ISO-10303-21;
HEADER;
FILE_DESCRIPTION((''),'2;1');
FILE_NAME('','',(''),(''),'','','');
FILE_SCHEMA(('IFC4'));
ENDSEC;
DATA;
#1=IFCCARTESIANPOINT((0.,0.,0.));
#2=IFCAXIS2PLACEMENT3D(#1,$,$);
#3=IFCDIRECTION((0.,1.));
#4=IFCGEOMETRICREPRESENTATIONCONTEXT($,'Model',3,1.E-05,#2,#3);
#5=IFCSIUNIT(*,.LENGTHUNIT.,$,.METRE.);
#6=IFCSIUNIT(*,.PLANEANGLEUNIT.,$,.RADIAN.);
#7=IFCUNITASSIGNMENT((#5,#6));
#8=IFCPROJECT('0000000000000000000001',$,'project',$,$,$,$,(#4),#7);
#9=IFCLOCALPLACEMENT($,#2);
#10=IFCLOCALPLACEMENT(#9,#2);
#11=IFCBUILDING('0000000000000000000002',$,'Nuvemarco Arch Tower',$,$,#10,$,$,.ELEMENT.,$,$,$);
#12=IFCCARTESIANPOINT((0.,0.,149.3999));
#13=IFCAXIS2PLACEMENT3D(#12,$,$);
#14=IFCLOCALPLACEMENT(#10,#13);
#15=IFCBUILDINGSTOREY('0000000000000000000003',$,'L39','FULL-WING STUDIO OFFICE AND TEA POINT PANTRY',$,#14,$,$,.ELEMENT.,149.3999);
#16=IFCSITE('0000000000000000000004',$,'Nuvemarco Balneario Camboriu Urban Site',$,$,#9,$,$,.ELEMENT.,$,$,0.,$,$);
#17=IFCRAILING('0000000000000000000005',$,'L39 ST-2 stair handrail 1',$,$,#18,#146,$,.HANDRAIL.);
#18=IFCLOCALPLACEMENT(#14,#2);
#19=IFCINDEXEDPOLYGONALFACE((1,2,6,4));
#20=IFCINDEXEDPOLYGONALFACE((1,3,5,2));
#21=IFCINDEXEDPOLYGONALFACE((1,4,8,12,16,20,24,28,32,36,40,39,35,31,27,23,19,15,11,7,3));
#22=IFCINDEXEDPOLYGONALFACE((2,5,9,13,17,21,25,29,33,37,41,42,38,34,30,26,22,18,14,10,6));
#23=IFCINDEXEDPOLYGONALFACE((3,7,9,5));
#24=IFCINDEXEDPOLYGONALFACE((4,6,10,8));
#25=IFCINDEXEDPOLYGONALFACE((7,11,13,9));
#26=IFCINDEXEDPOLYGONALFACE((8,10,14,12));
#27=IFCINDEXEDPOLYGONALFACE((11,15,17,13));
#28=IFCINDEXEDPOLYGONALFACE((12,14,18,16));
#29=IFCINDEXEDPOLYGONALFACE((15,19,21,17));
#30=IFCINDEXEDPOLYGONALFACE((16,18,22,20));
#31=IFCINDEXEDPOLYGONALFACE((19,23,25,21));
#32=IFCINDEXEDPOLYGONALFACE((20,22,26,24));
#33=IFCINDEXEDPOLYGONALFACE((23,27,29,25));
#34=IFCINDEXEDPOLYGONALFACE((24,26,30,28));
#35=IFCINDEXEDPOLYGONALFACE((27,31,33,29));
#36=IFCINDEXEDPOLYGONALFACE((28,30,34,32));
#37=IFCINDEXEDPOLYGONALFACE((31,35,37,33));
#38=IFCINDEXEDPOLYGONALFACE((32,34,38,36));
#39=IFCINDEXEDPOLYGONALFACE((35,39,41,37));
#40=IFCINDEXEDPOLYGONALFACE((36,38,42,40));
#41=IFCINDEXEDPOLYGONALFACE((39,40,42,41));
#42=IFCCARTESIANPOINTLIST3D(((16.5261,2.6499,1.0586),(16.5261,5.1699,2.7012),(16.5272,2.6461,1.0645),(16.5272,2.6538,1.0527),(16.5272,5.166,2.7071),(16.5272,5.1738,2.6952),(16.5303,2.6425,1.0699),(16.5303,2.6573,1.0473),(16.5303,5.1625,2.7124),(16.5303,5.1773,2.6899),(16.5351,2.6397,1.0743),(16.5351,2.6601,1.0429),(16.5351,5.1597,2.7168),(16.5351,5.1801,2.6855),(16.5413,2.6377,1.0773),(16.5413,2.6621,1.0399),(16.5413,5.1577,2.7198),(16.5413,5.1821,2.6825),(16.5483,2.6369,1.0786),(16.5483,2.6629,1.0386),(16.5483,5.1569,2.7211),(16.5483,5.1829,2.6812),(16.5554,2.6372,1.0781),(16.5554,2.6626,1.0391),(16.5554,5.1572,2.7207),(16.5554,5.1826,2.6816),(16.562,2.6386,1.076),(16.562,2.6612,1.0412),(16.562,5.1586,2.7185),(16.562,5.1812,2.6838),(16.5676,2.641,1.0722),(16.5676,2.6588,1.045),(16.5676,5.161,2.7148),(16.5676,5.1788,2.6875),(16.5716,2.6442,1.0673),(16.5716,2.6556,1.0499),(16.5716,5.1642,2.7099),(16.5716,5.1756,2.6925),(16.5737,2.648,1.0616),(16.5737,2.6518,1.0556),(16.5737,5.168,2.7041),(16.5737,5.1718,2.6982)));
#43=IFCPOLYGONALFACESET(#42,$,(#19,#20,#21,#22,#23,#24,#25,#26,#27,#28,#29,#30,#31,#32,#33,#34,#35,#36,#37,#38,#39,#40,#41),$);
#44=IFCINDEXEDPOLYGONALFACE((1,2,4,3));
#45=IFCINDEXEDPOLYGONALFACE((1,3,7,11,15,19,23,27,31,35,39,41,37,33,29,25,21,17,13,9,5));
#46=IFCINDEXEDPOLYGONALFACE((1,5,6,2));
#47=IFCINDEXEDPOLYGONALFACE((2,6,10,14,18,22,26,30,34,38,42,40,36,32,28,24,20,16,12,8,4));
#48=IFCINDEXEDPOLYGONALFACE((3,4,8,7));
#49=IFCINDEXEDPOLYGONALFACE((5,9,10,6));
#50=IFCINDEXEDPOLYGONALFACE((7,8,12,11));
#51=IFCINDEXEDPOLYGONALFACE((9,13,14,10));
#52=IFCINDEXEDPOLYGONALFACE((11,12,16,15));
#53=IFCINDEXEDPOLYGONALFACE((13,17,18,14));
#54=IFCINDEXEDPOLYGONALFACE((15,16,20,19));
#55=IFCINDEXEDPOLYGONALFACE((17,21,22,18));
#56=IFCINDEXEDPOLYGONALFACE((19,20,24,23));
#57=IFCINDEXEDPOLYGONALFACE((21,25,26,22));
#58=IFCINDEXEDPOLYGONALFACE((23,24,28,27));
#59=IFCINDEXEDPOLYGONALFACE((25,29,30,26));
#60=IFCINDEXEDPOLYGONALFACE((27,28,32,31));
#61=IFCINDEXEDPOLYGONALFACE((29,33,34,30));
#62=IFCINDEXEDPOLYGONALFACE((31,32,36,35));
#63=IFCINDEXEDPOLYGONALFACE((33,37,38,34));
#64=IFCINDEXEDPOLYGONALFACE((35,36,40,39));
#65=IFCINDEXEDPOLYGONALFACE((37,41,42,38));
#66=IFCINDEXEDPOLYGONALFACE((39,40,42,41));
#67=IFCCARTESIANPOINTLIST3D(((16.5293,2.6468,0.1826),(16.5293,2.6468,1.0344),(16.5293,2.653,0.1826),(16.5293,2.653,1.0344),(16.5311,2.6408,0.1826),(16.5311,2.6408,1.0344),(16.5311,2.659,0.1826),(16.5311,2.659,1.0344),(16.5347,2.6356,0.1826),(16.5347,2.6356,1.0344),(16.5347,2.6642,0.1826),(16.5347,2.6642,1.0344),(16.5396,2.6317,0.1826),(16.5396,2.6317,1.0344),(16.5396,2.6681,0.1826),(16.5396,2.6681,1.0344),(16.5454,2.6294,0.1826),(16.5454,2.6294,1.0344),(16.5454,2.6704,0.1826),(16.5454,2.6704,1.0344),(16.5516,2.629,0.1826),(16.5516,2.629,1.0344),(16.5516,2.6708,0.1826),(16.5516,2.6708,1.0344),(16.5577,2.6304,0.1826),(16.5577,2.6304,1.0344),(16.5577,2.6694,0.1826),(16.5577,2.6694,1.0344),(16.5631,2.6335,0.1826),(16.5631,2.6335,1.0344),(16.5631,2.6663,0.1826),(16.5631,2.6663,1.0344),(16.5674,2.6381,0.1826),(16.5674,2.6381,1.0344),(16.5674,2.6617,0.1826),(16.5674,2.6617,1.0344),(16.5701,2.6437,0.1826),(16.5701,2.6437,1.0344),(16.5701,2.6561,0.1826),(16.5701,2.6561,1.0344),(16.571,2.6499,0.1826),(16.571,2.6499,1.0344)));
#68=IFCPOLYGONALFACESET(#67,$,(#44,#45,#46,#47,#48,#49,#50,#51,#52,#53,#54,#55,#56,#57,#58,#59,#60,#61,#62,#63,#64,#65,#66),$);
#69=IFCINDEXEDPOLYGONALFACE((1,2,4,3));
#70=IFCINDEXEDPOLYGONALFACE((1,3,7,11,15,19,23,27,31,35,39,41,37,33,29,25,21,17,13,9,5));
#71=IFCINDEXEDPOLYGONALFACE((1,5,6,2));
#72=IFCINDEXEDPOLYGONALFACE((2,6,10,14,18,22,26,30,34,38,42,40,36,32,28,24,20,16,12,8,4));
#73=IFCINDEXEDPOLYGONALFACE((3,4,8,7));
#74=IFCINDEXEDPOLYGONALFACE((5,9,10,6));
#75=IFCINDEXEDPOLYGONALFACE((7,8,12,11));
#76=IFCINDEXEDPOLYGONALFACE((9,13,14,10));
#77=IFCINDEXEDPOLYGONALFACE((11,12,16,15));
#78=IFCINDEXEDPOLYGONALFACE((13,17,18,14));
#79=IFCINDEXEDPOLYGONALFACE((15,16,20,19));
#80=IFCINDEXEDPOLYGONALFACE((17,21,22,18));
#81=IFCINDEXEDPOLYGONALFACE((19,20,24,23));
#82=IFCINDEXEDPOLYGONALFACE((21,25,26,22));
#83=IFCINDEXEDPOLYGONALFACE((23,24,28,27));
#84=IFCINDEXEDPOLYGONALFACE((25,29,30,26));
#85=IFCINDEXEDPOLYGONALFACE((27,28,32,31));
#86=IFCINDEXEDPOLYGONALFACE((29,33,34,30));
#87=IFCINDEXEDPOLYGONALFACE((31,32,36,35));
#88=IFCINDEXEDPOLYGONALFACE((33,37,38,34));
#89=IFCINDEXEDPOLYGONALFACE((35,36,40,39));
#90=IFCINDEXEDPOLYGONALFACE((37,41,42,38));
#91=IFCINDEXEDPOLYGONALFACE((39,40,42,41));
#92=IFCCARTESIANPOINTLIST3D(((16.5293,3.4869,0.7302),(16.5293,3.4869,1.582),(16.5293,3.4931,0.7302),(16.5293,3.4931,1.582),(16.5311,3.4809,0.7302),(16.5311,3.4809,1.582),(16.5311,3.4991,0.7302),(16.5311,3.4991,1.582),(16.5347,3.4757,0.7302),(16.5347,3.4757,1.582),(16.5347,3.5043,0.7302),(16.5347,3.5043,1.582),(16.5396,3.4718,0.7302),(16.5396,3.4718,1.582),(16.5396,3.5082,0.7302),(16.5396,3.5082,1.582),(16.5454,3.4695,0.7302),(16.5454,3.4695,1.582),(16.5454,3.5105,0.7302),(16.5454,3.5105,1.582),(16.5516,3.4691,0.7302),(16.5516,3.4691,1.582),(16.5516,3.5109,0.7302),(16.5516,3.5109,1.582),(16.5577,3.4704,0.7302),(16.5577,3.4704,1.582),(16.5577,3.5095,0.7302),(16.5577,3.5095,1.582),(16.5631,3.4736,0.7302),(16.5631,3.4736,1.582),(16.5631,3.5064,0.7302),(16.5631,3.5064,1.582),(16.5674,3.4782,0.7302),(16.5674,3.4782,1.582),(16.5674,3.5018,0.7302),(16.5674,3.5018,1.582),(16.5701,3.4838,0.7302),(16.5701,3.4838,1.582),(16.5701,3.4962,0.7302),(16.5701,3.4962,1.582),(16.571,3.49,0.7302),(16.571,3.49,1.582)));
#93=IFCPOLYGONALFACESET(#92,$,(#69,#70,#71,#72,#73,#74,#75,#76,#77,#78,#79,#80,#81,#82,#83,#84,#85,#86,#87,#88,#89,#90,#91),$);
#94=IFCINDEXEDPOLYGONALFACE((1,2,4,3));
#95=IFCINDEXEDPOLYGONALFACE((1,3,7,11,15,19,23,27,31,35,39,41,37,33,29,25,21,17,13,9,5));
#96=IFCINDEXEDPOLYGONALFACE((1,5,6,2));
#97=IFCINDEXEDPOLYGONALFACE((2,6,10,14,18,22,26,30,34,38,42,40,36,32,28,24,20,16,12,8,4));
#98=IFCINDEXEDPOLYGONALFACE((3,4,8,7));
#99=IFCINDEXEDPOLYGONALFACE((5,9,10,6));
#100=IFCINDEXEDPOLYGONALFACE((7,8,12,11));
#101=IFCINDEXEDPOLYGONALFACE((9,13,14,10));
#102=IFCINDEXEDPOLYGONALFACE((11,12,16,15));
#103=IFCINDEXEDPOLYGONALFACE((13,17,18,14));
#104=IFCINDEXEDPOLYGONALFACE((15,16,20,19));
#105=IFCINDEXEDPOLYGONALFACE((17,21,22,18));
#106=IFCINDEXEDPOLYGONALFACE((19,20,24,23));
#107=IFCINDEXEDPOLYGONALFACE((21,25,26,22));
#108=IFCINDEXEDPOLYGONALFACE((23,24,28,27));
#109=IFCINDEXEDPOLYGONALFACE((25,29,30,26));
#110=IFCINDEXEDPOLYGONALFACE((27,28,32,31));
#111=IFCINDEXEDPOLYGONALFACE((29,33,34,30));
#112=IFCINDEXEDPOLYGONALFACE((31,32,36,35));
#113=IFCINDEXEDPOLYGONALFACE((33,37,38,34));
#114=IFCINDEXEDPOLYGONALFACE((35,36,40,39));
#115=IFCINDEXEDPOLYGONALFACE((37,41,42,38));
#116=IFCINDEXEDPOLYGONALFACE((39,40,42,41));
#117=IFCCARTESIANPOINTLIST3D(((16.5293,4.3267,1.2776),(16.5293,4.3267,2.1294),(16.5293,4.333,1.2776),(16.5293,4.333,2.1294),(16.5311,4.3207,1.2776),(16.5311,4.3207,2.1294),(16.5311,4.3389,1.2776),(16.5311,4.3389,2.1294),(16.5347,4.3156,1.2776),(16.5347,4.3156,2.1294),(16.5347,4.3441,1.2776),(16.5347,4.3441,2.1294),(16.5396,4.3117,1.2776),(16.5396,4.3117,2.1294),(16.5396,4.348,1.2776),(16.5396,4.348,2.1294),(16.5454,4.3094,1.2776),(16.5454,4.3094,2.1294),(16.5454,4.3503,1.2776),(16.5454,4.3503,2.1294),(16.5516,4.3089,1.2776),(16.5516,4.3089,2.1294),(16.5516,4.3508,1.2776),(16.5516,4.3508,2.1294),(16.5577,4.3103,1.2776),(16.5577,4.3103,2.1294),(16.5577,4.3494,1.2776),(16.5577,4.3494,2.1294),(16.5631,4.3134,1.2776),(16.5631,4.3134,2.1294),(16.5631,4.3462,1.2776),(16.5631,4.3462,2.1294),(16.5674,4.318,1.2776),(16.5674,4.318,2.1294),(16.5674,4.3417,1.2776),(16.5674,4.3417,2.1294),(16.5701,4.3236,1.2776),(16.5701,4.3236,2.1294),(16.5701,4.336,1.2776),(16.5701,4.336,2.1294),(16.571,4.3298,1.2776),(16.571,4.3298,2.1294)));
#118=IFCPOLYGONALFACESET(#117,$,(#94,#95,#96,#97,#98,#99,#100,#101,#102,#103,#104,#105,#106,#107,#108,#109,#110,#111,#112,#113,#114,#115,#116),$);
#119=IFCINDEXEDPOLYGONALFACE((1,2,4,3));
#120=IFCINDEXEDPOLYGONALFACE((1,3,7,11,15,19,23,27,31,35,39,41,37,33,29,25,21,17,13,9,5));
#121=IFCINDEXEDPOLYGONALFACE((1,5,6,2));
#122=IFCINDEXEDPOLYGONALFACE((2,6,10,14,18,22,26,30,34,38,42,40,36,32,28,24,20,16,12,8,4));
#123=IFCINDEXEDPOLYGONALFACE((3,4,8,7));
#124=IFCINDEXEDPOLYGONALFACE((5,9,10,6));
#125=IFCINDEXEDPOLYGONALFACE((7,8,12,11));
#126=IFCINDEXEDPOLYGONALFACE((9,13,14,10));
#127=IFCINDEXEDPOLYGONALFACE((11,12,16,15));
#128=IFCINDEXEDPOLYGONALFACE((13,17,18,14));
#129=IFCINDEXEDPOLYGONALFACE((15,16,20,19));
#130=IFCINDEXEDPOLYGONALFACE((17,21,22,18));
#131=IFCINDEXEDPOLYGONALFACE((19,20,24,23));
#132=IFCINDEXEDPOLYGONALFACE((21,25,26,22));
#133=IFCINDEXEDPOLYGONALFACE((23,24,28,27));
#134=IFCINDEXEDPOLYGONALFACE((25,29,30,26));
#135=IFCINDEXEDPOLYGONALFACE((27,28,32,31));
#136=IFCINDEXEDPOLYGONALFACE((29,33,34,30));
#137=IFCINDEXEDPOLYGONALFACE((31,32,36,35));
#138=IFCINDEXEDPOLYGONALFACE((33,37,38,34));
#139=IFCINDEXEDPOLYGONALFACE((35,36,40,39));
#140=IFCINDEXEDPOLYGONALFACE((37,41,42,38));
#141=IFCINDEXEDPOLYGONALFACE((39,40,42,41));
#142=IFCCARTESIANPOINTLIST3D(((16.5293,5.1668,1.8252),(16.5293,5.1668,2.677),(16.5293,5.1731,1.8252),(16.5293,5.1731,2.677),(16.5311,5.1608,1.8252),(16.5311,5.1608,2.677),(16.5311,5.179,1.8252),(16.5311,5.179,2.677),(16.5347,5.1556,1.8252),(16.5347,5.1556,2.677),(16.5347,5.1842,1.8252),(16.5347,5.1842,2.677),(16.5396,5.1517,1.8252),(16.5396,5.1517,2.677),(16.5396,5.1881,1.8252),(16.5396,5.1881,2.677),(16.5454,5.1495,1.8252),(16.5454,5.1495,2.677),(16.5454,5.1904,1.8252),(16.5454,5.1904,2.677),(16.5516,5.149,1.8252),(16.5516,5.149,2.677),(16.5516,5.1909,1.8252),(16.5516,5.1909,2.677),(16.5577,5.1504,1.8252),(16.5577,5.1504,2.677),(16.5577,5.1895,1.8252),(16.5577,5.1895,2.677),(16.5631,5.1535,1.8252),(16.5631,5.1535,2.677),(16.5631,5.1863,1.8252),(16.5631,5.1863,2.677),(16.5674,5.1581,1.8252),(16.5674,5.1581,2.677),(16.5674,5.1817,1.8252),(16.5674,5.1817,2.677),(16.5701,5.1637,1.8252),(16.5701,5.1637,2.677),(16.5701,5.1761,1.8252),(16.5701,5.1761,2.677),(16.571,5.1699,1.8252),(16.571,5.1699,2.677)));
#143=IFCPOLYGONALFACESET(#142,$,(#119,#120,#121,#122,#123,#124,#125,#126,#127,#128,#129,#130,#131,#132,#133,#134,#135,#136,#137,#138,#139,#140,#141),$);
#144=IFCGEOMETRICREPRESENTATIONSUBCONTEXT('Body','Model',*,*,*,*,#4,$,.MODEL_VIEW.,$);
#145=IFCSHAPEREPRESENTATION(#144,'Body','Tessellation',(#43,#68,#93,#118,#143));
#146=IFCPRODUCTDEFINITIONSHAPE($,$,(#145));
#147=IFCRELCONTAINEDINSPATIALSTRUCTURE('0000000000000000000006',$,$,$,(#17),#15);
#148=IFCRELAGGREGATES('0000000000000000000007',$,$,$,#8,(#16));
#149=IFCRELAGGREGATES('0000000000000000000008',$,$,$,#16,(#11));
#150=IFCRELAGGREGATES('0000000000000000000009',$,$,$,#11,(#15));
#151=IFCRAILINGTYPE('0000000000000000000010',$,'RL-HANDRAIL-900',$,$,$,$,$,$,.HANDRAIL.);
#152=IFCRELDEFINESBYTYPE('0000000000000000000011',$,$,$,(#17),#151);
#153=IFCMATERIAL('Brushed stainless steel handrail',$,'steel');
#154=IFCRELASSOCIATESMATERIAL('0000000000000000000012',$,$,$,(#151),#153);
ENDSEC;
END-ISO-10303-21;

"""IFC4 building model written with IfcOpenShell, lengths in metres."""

from ifc_helpers import new_model, si_unit, direction, frame, origin, origin_2d, place, context, subcontext, project, spatial, circle, extrude, material, type_object, element, save


model = new_model("IFC4")

# Units and contexts
model_context = context("Model", 3, precision=1e-05, world=origin(), true_north=direction((0.0, 1.0)))
body_context = subcontext(model_context, "Body", "Model", "MODEL_VIEW")
ifc_project = project(units=[si_unit("LENGTHUNIT", "METRE"), si_unit("PLANEANGLEUNIT", "RADIAN")], contexts=[model_context])

# Site, building, storey
site_placement = place(None, origin())
site = spatial("IfcSite", under=ifc_project, at=site_placement, Name="Nuvemarco Balneario Camboriu Urban Site", CompositionType="ELEMENT", RefElevation=0.0)
building_placement = place(site_placement, origin())
building = spatial("IfcBuilding", under=site, at=building_placement, Name="Nuvemarco Arch Tower", CompositionType="ELEMENT")
storey_placement = place(building_placement, frame((0.0, 0.0, 149.3999)))
storey = spatial("IfcBuildingStorey", under=building, at=storey_placement, Name="L39", Description="FULL-WING STUDIO OFFICE AND TEA POINT PANTRY", CompositionType="ELEMENT", Elevation=149.3999)

# Railing
ifc_material_1 = material(Name="Brushed stainless steel handrail", Category="steel")
railing_type_1 = type_object("IfcRailingType", Name="RL-HANDRAIL-900", PredefinedType="HANDRAIL", material=ifc_material_1)
railing_1_placement = place(storey_placement, frame((16.55, 2.6499, 0.1826)))
element("IfcRailing", 1, at=railing_1_placement, inside=storey, type_object=railing_type_1, Name="L39 ST-2 stair handrail 1", PredefinedType="HANDRAIL", context=body_context, shape_type="SweptSolid", body=[
    extrude(circle(Radius=0.0239, at=origin_2d()), frame((0.0, 0.0, 0.876), z_axis=(0.0, 0.837749, 0.546055), x_axis=(-1.0, 0.0, 0.0)), (0.0, 0.0, 1.0), 3.0081),
    extrude(circle(Radius=0.021, at=origin_2d()), origin(), (0.0, 0.0, 1.0), 0.8518),
    extrude(circle(Radius=0.021, at=origin_2d()), frame((0.0, 0.8401, 0.5476)), (0.0, 0.0, 1.0), 0.8518),
    extrude(circle(Radius=0.021, at=origin_2d()), frame((0.0, 1.6799, 1.095)), (0.0, 0.0, 1.0), 0.8518),
    extrude(circle(Radius=0.021, at=origin_2d()), frame((0.0, 2.52, 1.6426)), (0.0, 0.0, 1.0), 0.8518),
])

save(model, "model.ifc")
